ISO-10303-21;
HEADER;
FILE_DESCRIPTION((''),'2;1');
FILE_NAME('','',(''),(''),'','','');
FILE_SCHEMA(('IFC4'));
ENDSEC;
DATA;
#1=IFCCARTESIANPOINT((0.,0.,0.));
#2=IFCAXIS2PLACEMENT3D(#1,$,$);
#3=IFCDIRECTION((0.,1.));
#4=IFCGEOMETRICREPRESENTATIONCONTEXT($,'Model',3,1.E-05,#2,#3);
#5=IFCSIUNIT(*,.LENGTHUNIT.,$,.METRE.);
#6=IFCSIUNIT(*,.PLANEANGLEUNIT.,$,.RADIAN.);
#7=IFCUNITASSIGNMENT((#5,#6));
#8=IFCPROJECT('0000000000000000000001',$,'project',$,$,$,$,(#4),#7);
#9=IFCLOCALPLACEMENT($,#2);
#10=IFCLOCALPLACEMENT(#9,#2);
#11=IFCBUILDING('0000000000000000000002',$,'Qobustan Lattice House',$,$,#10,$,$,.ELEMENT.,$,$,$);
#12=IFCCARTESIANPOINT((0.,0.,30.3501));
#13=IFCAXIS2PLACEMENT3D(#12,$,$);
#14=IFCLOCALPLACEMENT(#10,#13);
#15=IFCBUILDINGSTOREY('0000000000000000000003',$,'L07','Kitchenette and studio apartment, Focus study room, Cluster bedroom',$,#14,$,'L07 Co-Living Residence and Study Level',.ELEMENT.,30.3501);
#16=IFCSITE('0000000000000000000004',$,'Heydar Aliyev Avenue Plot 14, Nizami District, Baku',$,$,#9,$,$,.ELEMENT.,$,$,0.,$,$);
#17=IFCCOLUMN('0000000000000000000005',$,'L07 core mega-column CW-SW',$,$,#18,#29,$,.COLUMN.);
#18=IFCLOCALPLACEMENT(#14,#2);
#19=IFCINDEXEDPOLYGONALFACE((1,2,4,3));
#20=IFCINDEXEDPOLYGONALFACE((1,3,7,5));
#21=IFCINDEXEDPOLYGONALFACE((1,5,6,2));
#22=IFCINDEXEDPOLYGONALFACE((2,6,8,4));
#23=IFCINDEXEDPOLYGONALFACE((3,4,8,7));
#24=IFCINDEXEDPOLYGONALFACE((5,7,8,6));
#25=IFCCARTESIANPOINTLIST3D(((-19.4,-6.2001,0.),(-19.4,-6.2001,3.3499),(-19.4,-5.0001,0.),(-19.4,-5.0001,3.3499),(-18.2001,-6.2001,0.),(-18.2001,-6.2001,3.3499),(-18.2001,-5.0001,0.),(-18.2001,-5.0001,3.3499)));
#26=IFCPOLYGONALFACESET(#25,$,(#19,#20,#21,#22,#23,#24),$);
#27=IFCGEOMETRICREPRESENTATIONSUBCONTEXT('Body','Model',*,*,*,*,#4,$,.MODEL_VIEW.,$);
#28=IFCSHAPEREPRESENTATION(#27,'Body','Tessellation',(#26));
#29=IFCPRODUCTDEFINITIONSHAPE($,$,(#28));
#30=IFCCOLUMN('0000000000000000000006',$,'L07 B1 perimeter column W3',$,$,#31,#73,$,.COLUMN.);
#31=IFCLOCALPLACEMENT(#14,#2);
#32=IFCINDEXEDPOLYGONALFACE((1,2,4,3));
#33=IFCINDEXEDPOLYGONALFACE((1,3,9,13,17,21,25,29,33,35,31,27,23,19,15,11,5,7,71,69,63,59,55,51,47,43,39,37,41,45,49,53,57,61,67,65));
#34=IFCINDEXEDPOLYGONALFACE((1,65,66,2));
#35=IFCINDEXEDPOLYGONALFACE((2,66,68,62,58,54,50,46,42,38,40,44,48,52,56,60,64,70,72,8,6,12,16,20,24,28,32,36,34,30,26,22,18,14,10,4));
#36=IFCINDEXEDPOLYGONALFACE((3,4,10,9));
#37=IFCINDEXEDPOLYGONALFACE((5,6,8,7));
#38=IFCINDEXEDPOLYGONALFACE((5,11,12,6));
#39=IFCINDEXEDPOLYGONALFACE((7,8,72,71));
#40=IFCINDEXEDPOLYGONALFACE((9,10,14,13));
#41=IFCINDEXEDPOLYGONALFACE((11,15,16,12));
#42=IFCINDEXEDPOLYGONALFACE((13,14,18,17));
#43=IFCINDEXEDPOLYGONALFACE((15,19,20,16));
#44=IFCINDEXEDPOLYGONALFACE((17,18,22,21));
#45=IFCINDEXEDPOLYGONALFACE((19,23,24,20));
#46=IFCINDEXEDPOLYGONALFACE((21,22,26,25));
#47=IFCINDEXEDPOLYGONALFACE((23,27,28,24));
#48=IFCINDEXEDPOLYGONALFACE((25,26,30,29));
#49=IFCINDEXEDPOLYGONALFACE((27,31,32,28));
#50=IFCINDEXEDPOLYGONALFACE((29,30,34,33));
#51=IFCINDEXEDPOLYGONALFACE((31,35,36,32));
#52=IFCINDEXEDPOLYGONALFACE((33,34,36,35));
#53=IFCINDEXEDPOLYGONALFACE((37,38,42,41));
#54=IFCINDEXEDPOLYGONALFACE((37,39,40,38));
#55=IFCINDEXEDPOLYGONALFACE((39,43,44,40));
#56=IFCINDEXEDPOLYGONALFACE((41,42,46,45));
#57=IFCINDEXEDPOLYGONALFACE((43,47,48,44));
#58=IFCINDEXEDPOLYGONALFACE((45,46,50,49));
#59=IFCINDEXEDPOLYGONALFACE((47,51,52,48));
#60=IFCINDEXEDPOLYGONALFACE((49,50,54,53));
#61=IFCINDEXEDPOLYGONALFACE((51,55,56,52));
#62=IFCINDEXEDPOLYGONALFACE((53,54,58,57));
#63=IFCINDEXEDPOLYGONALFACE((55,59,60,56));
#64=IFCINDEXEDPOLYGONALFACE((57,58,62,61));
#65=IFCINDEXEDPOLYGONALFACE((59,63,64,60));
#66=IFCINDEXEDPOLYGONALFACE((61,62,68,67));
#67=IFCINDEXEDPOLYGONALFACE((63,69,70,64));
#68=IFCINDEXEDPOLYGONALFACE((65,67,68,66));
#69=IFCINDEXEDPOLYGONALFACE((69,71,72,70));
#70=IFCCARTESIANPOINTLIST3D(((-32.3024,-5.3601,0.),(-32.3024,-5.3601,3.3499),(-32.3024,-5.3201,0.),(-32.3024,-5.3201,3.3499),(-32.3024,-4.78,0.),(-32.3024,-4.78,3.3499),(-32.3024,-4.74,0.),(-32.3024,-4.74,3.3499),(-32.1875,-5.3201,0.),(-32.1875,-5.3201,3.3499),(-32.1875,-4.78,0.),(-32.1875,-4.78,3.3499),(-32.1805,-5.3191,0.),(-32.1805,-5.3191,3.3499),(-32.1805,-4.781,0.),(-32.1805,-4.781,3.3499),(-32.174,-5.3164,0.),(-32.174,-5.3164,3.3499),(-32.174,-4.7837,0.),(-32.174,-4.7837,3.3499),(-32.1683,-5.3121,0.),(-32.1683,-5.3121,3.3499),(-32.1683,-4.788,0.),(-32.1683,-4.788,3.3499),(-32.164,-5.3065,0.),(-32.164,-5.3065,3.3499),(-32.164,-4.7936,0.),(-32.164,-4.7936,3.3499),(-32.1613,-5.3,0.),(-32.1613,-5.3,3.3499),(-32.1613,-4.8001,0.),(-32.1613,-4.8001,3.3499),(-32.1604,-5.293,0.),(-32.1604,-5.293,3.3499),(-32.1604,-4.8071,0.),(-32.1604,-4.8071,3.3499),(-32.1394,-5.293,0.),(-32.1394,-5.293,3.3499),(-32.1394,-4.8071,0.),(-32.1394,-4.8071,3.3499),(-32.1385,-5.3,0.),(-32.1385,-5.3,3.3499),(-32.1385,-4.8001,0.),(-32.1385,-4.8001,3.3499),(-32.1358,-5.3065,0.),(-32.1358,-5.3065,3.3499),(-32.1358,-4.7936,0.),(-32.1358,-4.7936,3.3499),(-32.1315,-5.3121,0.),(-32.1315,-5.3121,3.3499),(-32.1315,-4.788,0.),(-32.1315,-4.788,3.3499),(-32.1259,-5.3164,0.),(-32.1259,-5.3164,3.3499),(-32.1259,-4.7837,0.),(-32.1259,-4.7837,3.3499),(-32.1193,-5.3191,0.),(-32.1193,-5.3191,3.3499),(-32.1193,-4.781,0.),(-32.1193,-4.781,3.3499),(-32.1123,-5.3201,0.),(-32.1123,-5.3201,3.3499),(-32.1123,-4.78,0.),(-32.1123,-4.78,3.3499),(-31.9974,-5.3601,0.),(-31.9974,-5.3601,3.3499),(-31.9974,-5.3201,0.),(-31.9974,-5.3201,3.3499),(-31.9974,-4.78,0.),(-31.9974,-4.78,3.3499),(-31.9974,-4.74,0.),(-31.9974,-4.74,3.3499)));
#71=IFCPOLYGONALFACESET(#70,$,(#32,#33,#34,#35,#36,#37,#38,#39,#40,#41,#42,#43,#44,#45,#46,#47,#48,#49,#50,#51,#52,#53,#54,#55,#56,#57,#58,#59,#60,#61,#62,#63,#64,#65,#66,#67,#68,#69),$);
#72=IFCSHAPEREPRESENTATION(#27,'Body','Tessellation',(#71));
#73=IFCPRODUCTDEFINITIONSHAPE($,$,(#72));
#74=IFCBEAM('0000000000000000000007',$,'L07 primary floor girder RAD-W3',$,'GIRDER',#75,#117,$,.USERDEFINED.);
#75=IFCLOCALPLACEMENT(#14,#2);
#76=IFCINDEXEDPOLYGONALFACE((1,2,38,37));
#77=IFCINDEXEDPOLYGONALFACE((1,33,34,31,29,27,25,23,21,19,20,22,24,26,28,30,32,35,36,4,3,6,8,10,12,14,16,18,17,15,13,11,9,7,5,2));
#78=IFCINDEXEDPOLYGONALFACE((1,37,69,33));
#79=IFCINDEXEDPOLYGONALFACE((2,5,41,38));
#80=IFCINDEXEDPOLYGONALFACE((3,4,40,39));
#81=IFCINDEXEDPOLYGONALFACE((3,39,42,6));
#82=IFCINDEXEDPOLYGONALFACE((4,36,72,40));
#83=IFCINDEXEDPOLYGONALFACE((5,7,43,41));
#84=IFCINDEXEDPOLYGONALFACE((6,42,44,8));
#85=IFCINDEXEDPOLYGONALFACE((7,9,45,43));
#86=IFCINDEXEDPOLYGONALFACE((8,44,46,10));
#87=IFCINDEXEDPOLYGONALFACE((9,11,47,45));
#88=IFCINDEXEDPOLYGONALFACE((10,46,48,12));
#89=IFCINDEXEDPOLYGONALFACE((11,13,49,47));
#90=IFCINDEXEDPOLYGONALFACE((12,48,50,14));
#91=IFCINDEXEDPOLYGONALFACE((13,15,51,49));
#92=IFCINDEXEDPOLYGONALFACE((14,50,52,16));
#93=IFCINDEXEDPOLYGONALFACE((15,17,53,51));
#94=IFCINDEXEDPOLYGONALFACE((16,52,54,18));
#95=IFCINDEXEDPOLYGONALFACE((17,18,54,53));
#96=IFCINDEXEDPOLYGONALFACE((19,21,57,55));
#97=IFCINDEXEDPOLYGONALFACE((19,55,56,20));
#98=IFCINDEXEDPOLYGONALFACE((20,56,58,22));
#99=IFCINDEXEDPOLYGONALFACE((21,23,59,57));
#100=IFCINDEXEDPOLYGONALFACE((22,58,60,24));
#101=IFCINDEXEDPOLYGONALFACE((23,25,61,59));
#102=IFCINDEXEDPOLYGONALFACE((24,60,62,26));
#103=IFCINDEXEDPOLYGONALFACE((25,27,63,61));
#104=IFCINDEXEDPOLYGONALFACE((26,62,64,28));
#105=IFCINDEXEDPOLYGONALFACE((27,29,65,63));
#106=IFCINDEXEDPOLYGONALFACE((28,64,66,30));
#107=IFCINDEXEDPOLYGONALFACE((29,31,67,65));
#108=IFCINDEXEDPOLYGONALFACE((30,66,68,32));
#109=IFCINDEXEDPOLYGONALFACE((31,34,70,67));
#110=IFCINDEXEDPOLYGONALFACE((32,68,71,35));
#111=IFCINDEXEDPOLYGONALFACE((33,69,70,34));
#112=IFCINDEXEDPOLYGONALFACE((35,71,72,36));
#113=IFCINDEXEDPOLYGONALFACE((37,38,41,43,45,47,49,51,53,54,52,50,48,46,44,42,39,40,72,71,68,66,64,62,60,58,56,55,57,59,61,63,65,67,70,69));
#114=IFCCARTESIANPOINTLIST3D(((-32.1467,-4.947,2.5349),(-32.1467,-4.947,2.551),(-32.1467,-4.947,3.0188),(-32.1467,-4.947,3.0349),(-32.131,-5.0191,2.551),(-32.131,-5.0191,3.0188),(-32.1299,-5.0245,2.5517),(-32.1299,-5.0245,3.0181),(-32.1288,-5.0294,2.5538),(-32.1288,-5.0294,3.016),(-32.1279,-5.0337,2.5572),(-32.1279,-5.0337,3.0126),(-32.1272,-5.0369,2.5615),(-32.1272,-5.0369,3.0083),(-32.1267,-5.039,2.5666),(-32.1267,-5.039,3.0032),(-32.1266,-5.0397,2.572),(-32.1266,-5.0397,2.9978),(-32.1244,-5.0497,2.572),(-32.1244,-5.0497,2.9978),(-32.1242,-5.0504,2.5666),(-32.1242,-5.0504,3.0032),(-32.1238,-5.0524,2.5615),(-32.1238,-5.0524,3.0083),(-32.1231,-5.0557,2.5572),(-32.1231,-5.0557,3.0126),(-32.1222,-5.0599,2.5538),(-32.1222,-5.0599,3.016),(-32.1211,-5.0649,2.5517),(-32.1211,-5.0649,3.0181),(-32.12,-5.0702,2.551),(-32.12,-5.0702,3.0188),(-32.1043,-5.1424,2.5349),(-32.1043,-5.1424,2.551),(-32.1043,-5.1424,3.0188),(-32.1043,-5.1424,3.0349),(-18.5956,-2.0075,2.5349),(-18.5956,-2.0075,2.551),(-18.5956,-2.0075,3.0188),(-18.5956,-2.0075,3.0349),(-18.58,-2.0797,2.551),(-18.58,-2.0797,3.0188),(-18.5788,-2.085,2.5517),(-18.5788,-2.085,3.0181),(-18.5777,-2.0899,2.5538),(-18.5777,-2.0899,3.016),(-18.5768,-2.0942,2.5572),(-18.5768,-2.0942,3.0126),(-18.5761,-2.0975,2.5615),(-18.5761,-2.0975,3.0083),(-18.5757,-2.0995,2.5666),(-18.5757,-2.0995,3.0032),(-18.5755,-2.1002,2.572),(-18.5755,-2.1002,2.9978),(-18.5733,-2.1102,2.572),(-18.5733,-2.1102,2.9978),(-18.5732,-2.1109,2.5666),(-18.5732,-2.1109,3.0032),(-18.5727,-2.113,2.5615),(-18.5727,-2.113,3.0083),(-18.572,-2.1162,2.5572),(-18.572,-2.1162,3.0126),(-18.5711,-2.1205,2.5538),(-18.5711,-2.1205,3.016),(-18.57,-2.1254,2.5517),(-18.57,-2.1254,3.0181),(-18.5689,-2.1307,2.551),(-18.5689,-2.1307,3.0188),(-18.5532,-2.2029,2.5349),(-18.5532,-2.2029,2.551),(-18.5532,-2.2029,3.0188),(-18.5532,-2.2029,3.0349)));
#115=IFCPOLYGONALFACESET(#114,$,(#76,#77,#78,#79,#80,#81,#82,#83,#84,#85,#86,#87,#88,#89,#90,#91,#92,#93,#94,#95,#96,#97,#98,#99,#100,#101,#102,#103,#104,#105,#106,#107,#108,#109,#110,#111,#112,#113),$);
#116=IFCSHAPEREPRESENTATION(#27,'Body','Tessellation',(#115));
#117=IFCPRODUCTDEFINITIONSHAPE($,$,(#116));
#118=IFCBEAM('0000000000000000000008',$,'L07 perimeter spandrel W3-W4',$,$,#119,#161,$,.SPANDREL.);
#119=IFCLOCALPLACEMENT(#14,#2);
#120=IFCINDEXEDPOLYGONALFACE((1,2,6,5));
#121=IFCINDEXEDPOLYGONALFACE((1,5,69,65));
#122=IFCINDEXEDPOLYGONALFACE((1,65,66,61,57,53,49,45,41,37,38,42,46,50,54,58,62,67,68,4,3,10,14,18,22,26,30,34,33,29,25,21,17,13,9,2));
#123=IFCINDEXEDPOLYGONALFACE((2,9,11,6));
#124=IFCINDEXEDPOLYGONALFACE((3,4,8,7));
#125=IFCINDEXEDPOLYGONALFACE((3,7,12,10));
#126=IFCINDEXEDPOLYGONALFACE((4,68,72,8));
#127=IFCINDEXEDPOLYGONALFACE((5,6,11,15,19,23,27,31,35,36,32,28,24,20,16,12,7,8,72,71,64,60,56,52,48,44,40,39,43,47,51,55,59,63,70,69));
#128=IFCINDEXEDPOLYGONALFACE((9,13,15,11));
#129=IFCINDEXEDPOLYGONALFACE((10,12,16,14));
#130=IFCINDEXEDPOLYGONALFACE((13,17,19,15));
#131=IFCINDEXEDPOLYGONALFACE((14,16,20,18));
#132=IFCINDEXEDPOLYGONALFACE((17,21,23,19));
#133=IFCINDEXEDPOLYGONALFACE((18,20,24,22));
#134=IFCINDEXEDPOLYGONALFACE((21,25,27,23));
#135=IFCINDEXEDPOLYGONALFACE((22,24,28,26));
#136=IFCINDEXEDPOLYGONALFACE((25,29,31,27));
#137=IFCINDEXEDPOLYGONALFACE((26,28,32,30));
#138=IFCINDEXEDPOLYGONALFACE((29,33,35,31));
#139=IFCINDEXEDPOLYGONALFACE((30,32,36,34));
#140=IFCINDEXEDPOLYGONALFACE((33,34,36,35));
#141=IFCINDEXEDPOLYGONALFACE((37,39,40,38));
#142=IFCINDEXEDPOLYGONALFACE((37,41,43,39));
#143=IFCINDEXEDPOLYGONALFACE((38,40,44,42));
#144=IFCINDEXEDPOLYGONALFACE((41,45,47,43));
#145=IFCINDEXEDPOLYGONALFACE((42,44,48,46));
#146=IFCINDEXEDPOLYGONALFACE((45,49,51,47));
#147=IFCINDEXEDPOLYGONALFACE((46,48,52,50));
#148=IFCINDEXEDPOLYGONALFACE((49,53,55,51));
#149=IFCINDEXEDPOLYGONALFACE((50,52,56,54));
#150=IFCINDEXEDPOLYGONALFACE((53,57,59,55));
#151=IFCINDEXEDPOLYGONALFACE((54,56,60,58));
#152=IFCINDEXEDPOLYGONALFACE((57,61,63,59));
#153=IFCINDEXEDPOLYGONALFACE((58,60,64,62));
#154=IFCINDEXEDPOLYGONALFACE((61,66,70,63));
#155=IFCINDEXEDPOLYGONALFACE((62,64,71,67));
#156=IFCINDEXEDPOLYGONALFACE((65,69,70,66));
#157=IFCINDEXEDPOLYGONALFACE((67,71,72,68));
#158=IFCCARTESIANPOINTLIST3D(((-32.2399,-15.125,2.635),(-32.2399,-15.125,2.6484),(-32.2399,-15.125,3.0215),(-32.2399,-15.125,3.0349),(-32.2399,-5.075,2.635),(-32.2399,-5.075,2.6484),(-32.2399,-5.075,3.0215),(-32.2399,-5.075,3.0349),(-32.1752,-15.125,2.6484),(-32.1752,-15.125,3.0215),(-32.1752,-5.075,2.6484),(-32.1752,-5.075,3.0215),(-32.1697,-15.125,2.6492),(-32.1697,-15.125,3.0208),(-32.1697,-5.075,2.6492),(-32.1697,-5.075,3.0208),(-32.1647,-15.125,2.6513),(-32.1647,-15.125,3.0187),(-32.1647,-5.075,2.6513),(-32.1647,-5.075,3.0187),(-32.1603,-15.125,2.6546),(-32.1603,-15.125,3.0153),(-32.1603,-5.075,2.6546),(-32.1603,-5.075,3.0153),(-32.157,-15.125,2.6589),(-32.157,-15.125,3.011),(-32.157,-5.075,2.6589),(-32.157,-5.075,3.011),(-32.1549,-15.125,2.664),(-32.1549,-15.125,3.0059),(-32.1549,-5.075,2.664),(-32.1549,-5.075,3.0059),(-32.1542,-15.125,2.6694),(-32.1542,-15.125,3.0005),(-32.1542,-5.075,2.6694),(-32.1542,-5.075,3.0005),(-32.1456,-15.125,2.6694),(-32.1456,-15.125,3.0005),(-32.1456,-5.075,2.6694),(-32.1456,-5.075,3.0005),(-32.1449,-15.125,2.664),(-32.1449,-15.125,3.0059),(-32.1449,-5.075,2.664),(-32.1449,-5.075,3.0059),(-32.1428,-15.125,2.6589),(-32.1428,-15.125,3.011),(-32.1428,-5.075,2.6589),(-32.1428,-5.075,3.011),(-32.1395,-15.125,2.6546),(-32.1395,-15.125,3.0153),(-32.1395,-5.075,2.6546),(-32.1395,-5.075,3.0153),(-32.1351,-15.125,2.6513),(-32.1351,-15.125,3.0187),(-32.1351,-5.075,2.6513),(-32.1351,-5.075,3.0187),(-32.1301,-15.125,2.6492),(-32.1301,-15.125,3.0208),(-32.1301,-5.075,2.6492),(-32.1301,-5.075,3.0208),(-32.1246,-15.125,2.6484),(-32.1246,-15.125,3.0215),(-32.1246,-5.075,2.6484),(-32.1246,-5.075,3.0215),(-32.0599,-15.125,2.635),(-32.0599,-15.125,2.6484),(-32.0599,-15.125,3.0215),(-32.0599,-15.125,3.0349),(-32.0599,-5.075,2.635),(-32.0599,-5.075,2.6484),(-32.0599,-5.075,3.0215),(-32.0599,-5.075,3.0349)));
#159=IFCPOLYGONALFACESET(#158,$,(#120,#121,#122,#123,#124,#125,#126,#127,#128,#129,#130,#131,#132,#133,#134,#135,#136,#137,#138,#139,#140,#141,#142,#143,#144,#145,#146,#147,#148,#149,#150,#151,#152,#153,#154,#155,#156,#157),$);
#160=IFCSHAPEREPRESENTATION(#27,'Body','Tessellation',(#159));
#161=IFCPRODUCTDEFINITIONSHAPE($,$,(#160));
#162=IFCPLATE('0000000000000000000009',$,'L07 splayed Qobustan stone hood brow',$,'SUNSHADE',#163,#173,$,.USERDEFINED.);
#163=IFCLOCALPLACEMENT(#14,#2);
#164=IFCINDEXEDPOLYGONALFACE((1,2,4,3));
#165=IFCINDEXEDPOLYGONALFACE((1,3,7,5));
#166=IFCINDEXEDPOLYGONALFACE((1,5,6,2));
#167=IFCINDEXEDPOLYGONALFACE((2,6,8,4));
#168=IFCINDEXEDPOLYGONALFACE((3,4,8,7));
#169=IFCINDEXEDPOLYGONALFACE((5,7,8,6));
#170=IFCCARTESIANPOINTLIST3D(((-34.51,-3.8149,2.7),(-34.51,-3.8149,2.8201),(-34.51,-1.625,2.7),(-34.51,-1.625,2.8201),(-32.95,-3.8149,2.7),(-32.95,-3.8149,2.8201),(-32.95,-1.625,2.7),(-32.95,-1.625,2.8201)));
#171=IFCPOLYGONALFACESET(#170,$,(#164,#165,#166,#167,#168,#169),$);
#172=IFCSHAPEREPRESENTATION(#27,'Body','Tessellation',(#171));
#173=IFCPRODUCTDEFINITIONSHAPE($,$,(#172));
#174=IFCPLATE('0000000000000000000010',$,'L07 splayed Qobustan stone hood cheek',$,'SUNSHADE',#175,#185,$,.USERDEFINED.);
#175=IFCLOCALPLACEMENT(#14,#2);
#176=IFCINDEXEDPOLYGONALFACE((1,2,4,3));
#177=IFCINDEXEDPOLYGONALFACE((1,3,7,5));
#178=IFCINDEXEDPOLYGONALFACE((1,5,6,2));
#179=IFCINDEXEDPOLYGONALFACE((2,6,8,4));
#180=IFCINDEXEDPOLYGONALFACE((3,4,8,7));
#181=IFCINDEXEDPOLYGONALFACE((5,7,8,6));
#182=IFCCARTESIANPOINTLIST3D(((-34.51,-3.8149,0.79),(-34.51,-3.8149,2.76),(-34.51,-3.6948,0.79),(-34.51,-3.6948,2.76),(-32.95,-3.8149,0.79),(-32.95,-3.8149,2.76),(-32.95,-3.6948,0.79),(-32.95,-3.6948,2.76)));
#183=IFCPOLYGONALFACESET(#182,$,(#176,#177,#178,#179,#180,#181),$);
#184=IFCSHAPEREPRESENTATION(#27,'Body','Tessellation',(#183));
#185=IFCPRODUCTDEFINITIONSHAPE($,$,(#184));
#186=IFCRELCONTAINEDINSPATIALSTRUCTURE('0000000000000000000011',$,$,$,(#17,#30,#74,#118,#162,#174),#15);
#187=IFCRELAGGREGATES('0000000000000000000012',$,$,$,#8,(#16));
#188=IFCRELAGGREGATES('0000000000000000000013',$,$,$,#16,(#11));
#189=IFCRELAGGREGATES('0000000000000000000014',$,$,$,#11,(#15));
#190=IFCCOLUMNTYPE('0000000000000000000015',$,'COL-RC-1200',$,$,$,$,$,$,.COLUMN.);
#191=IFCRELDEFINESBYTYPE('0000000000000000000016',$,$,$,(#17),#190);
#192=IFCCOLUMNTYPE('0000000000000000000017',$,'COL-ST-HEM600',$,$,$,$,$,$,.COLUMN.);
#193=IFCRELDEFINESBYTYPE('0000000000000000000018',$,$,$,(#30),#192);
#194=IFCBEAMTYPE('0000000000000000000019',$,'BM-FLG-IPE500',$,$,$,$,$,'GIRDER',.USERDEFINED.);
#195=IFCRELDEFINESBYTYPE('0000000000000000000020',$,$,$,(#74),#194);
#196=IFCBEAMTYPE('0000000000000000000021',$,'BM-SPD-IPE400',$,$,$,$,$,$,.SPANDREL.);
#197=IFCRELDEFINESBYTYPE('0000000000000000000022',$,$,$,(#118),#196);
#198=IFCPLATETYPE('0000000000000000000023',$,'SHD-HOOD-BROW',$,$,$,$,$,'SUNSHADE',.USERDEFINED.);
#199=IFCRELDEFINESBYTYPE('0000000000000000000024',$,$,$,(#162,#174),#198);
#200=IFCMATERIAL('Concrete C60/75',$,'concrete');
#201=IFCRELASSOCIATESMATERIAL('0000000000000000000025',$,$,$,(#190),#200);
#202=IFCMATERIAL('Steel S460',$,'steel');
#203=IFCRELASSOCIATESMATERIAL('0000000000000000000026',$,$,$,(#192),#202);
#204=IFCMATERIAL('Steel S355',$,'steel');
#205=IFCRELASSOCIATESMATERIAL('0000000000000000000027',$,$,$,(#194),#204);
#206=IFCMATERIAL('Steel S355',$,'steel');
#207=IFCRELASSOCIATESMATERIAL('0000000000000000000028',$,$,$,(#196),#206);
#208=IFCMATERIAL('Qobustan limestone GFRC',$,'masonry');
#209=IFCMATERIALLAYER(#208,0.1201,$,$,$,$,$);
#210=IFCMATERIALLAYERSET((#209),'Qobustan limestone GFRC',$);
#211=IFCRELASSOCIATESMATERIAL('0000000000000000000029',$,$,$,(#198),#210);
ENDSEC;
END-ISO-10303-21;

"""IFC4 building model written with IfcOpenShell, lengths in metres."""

from ifc_helpers import new_model, si_unit, direction, frame, origin, origin_2d, place, context, subcontext, project, spatial, rectangle, i_section, extrude, material, layer, layer_set, material_profile, profile_set, type_object, element, save


model = new_model("IFC4")

# Units and contexts
model_context = context("Model", 3, precision=1e-05, world=origin(), true_north=direction((0.0, 1.0)))
body_context = subcontext(model_context, "Body", "Model", "MODEL_VIEW")
ifc_project = project(units=[si_unit("LENGTHUNIT", "METRE"), si_unit("PLANEANGLEUNIT", "RADIAN")], contexts=[model_context])

# Site, building, storey
site_placement = place(None, origin())
site = spatial("IfcSite", under=ifc_project, at=site_placement, Name="Heydar Aliyev Avenue Plot 14, Nizami District, Baku", CompositionType="ELEMENT", RefElevation=0.0)
building_placement = place(site_placement, origin())
building = spatial("IfcBuilding", under=site, at=building_placement, Name="Qobustan Lattice House", CompositionType="ELEMENT")
storey_placement = place(building_placement, frame((0.0, 0.0, 30.3501)))
storey = spatial("IfcBuildingStorey", under=building, at=storey_placement, Name="L07", Description="Kitchenette and studio apartment, Focus study room, Cluster bedroom", LongName="L07 Co-Living Residence and Study Level", CompositionType="ELEMENT", Elevation=30.3501)

# Columns
ifc_material_1 = material(Name="Concrete C60/75", Category="concrete")
ifc_material_profile_1 = material_profile(ifc_material_1, rectangle(XDim=1.2, YDim=1.2, at=origin_2d()), Name="RC1200x1200")
ifc_profile_set_1 = profile_set([ifc_material_profile_1], Name="Concrete C60/75")
column_type_1 = type_object("IfcColumnType", Name="COL-RC-1200", PredefinedType="COLUMN", material=ifc_profile_set_1)
column_1_placement = place(storey_placement, frame((-18.8, -5.6001, 0.0), z_axis=(0.0, 0.0, 1.0), x_axis=(1.0, 0.0, 0.0)))
element("IfcColumn", 1, at=column_1_placement, inside=storey, type_object=column_type_1, Name="L07 core mega-column CW-SW", PredefinedType="COLUMN", context=body_context, shape_type="SweptSolid", body=[
    extrude(rectangle(XDim=1.2, YDim=1.2, at=origin_2d()), origin(), (0.0, 0.0, 1.0), 3.3499),
])
ifc_material_2 = material(Name="Steel S460", Category="steel")
ifc_material_profile_2 = material_profile(ifc_material_2, i_section(OverallWidth=0.3049, OverallDepth=0.6201, WebThickness=0.021, FlangeThickness=0.04, FilletRadius=0.0271, at=origin_2d()), Name="HEM600")
ifc_profile_set_2 = profile_set([ifc_material_profile_2], Name="Steel S460")
column_type_2 = type_object("IfcColumnType", Name="COL-ST-HEM600", PredefinedType="COLUMN", material=ifc_profile_set_2)
column_2_placement = place(storey_placement, frame((-32.1499, -5.05, 0.0), z_axis=(0.0, 0.0, 1.0), x_axis=(1.0, 0.0, 0.0)))
element("IfcColumn", 2, at=column_2_placement, inside=storey, type_object=column_type_2, Name="L07 B1 perimeter column W3", PredefinedType="COLUMN", context=body_context, shape_type="SweptSolid", body=[
    extrude(i_section(OverallWidth=0.3049, OverallDepth=0.6201, WebThickness=0.021, FlangeThickness=0.04, FilletRadius=0.0271, at=origin_2d()), origin(), (0.0, 0.0, 1.0), 3.3499),
])

# Beams
ifc_material_3 = material(Name="Steel S355", Category="steel")
ifc_material_profile_3 = material_profile(ifc_material_3, i_section(OverallWidth=0.2, OverallDepth=0.5, WebThickness=0.0103, FlangeThickness=0.0161, FilletRadius=0.021, at=origin_2d()), Name="IPE500")
ifc_profile_set_3 = profile_set([ifc_material_profile_3], Name="Steel S355")
beam_type_1 = type_object("IfcBeamType", Name="BM-FLG-IPE500", ElementType="GIRDER", PredefinedType="USERDEFINED", material=ifc_profile_set_3)
beam_1_placement = place(storey_placement, frame((-32.1255, -5.0447, 2.7849), z_axis=(0.977272, 0.211987, 0.0), x_axis=(-0.211987, 0.977272, 0.0)))
element("IfcBeam", 3, at=beam_1_placement, inside=storey, type_object=beam_type_1, Name="L07 primary floor girder RAD-W3", ObjectType="GIRDER", PredefinedType="USERDEFINED", context=body_context, shape_type="SweptSolid", body=[
    extrude(i_section(OverallWidth=0.2, OverallDepth=0.5, WebThickness=0.0103, FlangeThickness=0.0161, FilletRadius=0.021, at=origin_2d()), origin(), (0.0, 0.0, 1.0), 13.8662),
])
ifc_material_4 = material(Name="Steel S355", Category="steel")
ifc_material_profile_4 = material_profile(ifc_material_4, i_section(OverallWidth=0.1799, OverallDepth=0.3999, WebThickness=0.0085, FlangeThickness=0.0134, FilletRadius=0.021, at=origin_2d()), Name="IPE400")
ifc_profile_set_4 = profile_set([ifc_material_profile_4], Name="Steel S355")
beam_type_2 = type_object("IfcBeamType", Name="BM-SPD-IPE400", PredefinedType="SPANDREL", material=ifc_profile_set_4)
beam_2_placement = place(storey_placement, frame((-32.1499, -5.075, 2.835), z_axis=(0.0, -1.0, 0.0), x_axis=(1.0, 0.0, 0.0)))
element("IfcBeam", 4, at=beam_2_placement, inside=storey, type_object=beam_type_2, Name="L07 perimeter spandrel W3-W4", PredefinedType="SPANDREL", context=body_context, shape_type="SweptSolid", body=[
    extrude(i_section(OverallWidth=0.1799, OverallDepth=0.3999, WebThickness=0.0085, FlangeThickness=0.0134, FilletRadius=0.021, at=origin_2d()), origin(), (0.0, 0.0, 1.0), 10.05),
])

# Plates
ifc_material_5 = material(Name="Qobustan limestone GFRC", Category="masonry")
ifc_layer_1 = layer(ifc_material_5, 0.1201)
ifc_layer_set_1 = layer_set([ifc_layer_1], Name="Qobustan limestone GFRC")
plate_type = type_object("IfcPlateType", Name="SHD-HOOD-BROW", ElementType="SUNSHADE", PredefinedType="USERDEFINED", material=ifc_layer_set_1)
plate_1_placement = place(storey_placement, frame((-33.73, -2.72, 2.7), z_axis=(0.0, 0.0, 1.0), x_axis=(0.0, 1.0, 0.0)))
element("IfcPlate", 5, at=plate_1_placement, inside=storey, type_object=plate_type, Name="L07 splayed Qobustan stone hood brow", ObjectType="SUNSHADE", PredefinedType="USERDEFINED", context=body_context, shape_type="SweptSolid", body=[
    extrude(rectangle(XDim=2.1899, YDim=1.5601, at=origin_2d()), origin(), (0.0, 0.0, 1.0), 0.1201),
])
plate_2_placement = place(storey_placement, frame((-33.73, -3.7549, 0.79), z_axis=(0.0, 0.0, 1.0), x_axis=(0.0, 1.0, 0.0)))
element("IfcPlate", 6, at=plate_2_placement, inside=storey, type_object=plate_type, Name="L07 splayed Qobustan stone hood cheek", ObjectType="SUNSHADE", PredefinedType="USERDEFINED", context=body_context, shape_type="SweptSolid", body=[
    extrude(rectangle(XDim=0.1201, YDim=1.5601, at=origin_2d()), origin(), (0.0, 0.0, 1.0), 1.97),
])

save(model, "model.ifc")
